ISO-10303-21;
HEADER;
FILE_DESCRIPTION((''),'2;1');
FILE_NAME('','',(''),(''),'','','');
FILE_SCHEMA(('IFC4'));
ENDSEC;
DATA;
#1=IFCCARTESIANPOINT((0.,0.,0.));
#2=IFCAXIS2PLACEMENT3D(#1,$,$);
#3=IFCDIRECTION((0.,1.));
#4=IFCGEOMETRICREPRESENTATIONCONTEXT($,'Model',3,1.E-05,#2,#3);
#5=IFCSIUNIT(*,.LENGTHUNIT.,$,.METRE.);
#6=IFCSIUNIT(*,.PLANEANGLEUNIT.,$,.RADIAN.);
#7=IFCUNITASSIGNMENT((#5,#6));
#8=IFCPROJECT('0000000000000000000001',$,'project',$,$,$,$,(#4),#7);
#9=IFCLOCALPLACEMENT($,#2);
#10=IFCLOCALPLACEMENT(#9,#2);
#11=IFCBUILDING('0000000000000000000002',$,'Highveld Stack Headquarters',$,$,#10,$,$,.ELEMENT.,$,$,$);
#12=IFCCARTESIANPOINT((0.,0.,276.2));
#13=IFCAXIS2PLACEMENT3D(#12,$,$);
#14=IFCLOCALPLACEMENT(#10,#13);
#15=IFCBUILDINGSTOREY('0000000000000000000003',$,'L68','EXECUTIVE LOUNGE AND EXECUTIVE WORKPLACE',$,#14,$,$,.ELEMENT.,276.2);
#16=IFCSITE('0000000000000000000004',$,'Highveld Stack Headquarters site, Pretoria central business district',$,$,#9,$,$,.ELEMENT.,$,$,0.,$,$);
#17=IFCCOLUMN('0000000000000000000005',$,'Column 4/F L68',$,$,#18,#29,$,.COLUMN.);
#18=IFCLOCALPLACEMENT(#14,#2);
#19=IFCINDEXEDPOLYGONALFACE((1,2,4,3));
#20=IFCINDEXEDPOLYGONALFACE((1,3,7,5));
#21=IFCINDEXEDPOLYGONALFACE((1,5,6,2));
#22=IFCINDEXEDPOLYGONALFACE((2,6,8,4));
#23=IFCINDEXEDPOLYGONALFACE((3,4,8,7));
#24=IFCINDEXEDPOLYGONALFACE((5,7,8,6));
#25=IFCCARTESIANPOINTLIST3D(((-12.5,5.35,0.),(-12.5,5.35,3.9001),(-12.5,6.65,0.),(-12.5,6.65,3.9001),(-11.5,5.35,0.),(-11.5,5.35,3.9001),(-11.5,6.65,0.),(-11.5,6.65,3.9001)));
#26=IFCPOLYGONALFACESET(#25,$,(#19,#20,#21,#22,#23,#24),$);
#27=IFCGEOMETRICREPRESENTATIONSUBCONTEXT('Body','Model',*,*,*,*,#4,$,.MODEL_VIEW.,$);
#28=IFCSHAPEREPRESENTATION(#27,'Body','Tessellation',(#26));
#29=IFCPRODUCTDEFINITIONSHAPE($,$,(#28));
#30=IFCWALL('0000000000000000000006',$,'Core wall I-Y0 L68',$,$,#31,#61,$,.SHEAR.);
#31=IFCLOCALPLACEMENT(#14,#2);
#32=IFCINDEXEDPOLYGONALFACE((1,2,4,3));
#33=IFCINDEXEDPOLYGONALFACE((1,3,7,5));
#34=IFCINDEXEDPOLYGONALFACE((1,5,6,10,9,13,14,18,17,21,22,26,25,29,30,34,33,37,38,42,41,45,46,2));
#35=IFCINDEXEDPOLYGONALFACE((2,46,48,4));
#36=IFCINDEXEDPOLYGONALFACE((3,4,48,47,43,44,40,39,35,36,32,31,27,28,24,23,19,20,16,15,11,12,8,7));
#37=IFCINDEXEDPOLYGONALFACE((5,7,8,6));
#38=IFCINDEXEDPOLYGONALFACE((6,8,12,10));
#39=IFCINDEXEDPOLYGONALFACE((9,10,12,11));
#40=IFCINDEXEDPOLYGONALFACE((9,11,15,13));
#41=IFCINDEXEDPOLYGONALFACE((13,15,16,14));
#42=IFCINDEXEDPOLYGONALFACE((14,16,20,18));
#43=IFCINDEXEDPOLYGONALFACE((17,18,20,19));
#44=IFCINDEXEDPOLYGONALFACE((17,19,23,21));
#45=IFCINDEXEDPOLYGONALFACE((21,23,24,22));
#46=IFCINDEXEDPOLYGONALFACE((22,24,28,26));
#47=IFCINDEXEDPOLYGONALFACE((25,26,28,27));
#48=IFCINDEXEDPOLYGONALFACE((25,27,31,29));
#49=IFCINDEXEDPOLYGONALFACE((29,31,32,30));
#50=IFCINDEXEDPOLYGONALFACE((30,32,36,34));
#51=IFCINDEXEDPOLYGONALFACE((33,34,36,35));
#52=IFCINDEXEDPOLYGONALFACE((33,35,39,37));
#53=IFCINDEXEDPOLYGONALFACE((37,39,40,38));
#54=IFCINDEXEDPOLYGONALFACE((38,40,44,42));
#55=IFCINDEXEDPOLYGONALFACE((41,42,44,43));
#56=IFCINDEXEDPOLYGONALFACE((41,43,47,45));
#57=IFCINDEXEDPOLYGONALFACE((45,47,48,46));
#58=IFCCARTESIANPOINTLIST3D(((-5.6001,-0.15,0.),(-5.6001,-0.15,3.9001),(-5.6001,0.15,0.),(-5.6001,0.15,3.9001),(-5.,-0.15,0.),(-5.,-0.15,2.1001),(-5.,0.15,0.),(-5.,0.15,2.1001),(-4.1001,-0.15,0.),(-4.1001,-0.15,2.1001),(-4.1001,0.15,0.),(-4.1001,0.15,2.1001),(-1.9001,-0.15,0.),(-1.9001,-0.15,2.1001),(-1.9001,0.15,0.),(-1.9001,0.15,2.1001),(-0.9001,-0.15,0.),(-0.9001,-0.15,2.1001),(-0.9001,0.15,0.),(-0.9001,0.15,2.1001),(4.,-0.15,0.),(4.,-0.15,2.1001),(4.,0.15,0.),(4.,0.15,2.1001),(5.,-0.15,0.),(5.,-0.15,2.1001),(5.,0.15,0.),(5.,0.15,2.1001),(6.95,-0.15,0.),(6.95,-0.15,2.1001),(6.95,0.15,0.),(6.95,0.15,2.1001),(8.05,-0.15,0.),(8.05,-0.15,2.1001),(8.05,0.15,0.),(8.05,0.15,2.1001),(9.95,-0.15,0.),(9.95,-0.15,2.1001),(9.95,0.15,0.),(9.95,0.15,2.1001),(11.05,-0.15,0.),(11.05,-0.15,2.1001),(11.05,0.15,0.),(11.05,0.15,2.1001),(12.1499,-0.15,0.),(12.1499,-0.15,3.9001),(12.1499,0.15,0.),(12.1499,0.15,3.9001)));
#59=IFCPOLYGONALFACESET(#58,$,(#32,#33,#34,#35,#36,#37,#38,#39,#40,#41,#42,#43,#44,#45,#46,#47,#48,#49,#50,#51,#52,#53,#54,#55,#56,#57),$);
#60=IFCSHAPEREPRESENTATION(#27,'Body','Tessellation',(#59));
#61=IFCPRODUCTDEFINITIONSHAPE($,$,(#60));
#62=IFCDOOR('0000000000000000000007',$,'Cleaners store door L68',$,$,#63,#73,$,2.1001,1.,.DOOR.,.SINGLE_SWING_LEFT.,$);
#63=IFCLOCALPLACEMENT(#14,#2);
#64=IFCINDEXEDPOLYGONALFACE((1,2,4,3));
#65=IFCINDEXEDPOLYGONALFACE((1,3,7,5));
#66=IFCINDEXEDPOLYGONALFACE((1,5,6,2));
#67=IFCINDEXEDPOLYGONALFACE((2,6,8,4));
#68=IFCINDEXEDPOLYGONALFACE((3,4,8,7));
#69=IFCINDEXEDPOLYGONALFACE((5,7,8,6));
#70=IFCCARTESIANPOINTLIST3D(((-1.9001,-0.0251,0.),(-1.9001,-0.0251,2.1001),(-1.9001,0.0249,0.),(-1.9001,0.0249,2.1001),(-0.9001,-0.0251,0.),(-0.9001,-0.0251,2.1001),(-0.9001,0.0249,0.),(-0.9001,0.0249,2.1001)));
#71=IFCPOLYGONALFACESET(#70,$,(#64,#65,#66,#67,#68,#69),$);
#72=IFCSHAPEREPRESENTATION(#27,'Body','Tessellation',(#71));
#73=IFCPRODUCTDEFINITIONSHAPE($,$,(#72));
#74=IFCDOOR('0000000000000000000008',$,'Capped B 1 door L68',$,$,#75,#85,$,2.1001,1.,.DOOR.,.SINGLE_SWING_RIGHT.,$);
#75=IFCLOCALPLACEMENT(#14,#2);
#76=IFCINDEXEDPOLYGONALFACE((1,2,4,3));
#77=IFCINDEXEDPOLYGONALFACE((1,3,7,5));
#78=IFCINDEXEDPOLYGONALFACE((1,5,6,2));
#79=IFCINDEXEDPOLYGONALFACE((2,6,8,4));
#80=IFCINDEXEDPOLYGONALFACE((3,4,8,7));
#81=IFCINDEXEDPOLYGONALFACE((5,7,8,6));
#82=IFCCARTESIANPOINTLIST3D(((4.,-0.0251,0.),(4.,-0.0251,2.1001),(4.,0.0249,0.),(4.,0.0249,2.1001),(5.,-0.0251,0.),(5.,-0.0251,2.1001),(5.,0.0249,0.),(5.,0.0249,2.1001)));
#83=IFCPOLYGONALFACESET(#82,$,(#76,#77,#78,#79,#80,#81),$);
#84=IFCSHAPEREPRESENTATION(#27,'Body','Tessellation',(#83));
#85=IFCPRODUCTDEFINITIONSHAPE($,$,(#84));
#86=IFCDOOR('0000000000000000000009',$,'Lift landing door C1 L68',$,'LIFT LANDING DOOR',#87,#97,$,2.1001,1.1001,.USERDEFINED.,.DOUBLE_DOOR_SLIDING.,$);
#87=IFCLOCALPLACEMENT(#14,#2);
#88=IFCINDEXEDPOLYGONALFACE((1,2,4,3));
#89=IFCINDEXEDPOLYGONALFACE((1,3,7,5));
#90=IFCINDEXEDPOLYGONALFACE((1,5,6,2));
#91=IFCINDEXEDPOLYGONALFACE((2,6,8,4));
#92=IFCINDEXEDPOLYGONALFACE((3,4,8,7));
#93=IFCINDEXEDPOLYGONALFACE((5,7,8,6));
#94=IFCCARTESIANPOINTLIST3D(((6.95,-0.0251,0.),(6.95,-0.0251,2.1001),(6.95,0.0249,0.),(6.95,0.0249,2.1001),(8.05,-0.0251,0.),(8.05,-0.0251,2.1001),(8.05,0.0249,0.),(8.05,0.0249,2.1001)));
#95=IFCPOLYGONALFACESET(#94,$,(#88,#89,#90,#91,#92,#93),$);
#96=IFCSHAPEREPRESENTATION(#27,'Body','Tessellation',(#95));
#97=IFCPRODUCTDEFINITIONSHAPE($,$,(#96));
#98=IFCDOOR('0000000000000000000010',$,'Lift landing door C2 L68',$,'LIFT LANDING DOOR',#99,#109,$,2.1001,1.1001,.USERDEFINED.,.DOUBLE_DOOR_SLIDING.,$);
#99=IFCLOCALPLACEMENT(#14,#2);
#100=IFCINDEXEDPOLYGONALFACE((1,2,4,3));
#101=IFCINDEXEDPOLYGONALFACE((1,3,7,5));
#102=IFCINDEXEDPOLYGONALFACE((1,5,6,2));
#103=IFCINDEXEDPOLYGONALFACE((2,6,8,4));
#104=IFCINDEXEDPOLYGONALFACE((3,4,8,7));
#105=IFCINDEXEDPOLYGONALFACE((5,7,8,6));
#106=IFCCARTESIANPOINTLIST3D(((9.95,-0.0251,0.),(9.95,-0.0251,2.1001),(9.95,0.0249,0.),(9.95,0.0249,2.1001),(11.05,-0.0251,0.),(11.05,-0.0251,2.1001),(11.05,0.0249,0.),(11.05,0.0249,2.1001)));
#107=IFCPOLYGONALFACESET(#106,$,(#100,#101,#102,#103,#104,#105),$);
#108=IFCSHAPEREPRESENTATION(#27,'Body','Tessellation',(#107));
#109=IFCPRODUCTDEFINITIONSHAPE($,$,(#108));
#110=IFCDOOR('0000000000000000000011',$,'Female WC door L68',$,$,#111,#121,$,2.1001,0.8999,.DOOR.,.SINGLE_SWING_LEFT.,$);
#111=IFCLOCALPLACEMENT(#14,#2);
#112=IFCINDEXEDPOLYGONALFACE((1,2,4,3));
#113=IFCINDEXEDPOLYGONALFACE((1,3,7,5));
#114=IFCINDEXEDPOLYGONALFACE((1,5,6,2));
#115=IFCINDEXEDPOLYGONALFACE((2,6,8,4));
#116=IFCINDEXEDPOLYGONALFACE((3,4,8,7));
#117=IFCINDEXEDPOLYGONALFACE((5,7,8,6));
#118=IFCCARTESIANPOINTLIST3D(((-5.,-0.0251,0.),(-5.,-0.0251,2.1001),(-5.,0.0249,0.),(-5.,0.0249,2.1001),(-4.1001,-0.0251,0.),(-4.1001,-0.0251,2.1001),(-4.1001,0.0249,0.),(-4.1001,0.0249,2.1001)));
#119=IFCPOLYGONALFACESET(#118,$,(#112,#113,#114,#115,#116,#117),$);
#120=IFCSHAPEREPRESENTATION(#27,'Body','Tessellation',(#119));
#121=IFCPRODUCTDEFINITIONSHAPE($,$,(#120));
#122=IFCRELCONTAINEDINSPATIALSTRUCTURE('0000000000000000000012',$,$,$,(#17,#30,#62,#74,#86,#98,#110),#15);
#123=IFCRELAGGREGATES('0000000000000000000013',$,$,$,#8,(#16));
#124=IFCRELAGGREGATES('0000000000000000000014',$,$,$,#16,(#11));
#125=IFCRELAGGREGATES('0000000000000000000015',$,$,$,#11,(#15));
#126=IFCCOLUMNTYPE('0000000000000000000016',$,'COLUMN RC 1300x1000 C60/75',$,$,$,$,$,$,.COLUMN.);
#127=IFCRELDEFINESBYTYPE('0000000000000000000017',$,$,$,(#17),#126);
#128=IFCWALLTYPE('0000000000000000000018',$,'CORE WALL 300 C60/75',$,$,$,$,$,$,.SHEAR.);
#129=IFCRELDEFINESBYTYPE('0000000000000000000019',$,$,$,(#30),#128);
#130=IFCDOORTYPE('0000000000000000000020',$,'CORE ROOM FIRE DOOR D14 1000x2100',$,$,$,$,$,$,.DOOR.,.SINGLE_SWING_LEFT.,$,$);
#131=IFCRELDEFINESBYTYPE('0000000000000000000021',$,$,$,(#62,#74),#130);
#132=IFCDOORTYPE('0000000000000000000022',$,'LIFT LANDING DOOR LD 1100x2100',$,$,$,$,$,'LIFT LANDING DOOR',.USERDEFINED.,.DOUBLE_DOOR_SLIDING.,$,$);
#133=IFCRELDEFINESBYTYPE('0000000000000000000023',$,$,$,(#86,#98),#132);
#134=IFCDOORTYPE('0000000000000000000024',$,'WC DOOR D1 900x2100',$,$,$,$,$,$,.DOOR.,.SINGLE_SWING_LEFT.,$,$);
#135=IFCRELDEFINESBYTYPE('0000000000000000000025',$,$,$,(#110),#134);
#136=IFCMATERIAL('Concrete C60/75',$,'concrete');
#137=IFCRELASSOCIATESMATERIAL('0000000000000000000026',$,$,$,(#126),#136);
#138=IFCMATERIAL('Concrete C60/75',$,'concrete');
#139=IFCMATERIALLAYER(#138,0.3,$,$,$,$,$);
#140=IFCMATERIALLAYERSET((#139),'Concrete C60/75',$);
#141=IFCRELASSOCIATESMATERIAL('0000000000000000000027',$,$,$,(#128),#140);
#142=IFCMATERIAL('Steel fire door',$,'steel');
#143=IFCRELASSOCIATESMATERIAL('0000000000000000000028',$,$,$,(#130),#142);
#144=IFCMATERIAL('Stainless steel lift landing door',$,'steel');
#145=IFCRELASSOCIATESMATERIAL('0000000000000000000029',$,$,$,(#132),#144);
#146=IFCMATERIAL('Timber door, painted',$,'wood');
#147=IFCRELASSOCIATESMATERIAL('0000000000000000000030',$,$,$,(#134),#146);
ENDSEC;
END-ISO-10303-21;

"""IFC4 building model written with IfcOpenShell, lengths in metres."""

from ifc_helpers import new_model, si_unit, direction, frame, frame_2d, origin, origin_2d, place, context, subcontext, project, spatial, rectangle, extrude, material, layer, layer_set, material_profile, profile_set, type_object, element, fill, save


model = new_model("IFC4")

# Units and contexts
model_context = context("Model", 3, precision=1e-05, world=origin(), true_north=direction((0.0, 1.0)))
body_context = subcontext(model_context, "Body", "Model", "MODEL_VIEW")
ifc_project = project(units=[si_unit("LENGTHUNIT", "METRE"), si_unit("PLANEANGLEUNIT", "RADIAN")], contexts=[model_context])

# Site, building, storey
site_placement = place(None, origin())
site = spatial("IfcSite", under=ifc_project, at=site_placement, Name="Highveld Stack Headquarters site, Pretoria central business district", CompositionType="ELEMENT", RefElevation=0.0)
building_placement = place(site_placement, origin())
building = spatial("IfcBuilding", under=site, at=building_placement, Name="Highveld Stack Headquarters", CompositionType="ELEMENT")
storey_placement = place(building_placement, frame((0.0, 0.0, 276.2)))
storey = spatial("IfcBuildingStorey", under=building, at=storey_placement, Name="L68", Description="EXECUTIVE LOUNGE AND EXECUTIVE WORKPLACE", CompositionType="ELEMENT", Elevation=276.2)

# Column
ifc_material_1 = material(Name="Concrete C60/75", Category="concrete")
ifc_material_profile = material_profile(ifc_material_1, rectangle(XDim=1.3, YDim=1.0, at=origin_2d()), Name="RC 1300x1000")
ifc_profile_set = profile_set([ifc_material_profile], Name="Concrete C60/75")
column_type = type_object("IfcColumnType", Name="COLUMN RC 1300x1000 C60/75", PredefinedType="COLUMN", material=ifc_profile_set)
column_placement = place(storey_placement, frame((-12.0, 6.0, 0.0), z_axis=(0.0, 0.0, 1.0), x_axis=(0.0, 1.0, 0.0)))
element("IfcColumn", 1, at=column_placement, inside=storey, type_object=column_type, Name="Column 4/F L68", PredefinedType="COLUMN", context=body_context, shape_type="SweptSolid", body=[
    extrude(rectangle(XDim=1.3, YDim=1.0, at=origin_2d()), origin(), (0.0, 0.0, 1.0), 3.9001),
])

# Wall, openings, doors
ifc_material_2 = material(Name="Concrete C60/75", Category="concrete")
ifc_layer = layer(ifc_material_2, 0.3)
ifc_layer_set = layer_set([ifc_layer], Name="Concrete C60/75")
wall_type = type_object("IfcWallType", Name="CORE WALL 300 C60/75", PredefinedType="SHEAR", material=ifc_layer_set)
wall_1_placement = place(storey_placement, frame((-5.6001, 0.0, 0.0), z_axis=(0.0, 0.0, 1.0), x_axis=(1.0, 0.0, 0.0)))
wall_1 = element("IfcWall", 2, at=wall_1_placement, inside=storey, type_object=wall_type, Name="Core wall I-Y0 L68", PredefinedType="SHEAR", context=body_context, shape_type="SweptSolid", body=[
    extrude(rectangle(XDim=17.75, YDim=0.3, at=frame_2d((8.875, 0.0))), origin(), (0.0, 0.0, 1.0), 3.9001),
])
opening_1_placement = place(wall_1_placement, frame((0.6001, 0.0, 0.0)))
opening_1 = element("IfcOpeningElement", 3, at=opening_1_placement, cuts=wall_1, PredefinedType="OPENING", context=body_context, shape_type="SweptSolid", body=[
    extrude(rectangle(XDim=0.8999, YDim=2.1001, at=frame_2d((0.45, 1.05))), frame((0.0, 0.1599, 0.0), z_axis=(0.0, -1.0, 0.0), x_axis=(1.0, 0.0, 0.0)), (0.0, 0.0, 1.0), 0.3201),
])
opening_2_placement = place(wall_1_placement, frame((3.7, 0.0, 0.0)))
opening_2 = element("IfcOpeningElement", 4, at=opening_2_placement, cuts=wall_1, PredefinedType="OPENING", context=body_context, shape_type="SweptSolid", body=[
    extrude(rectangle(XDim=1.0, YDim=2.1001, at=frame_2d((0.5, 1.05))), frame((0.0, 0.1599, 0.0), z_axis=(0.0, -1.0, 0.0), x_axis=(1.0, 0.0, 0.0)), (0.0, 0.0, 1.0), 0.3201),
])
opening_3_placement = place(wall_1_placement, frame((9.6001, 0.0, 0.0)))
opening_3 = element("IfcOpeningElement", 5, at=opening_3_placement, cuts=wall_1, PredefinedType="OPENING", context=body_context, shape_type="SweptSolid", body=[
    extrude(rectangle(XDim=1.0, YDim=2.1001, at=frame_2d((0.5, 1.05))), frame((0.0, 0.1599, 0.0), z_axis=(0.0, -1.0, 0.0), x_axis=(1.0, 0.0, 0.0)), (0.0, 0.0, 1.0), 0.3201),
])
opening_4_placement = place(wall_1_placement, frame((12.55, 0.0, 0.0)))
opening_4 = element("IfcOpeningElement", 6, at=opening_4_placement, cuts=wall_1, PredefinedType="OPENING", context=body_context, shape_type="SweptSolid", body=[
    extrude(rectangle(XDim=1.1001, YDim=2.1001, at=frame_2d((0.55, 1.05))), frame((0.0, 0.1599, 0.0), z_axis=(0.0, -1.0, 0.0), x_axis=(1.0, 0.0, 0.0)), (0.0, 0.0, 1.0), 0.3201),
])
opening_5_placement = place(wall_1_placement, frame((15.55, 0.0, 0.0)))
opening_5 = element("IfcOpeningElement", 7, at=opening_5_placement, cuts=wall_1, PredefinedType="OPENING", context=body_context, shape_type="SweptSolid", body=[
    extrude(rectangle(XDim=1.1001, YDim=2.1001, at=frame_2d((0.55, 1.05))), frame((0.0, 0.1599, 0.0), z_axis=(0.0, -1.0, 0.0), x_axis=(1.0, 0.0, 0.0)), (0.0, 0.0, 1.0), 0.3201),
])
ifc_material_3 = material(Name="Steel fire door", Category="steel")
door_type_1 = type_object("IfcDoorType", Name="CORE ROOM FIRE DOOR D14 1000x2100", OperationType="SINGLE_SWING_LEFT", PredefinedType="DOOR", material=ifc_material_3)
door_1_placement = place(opening_2_placement, origin())
door_1 = element("IfcDoor", 8, at=door_1_placement, inside=storey, type_object=door_type_1, Name="Cleaners store door L68", OperationType="SINGLE_SWING_LEFT", OverallHeight=2.1001, OverallWidth=1.0, PredefinedType="DOOR", context=body_context, shape_type="SweptSolid", body=[
    extrude(rectangle(XDim=1.0, YDim=2.1001, at=frame_2d((0.5, 1.05))), frame((0.0, 0.0249, 0.0), z_axis=(0.0, -1.0, 0.0), x_axis=(1.0, 0.0, 0.0)), (0.0, 0.0, 1.0), 0.05),
])
fill(opening_2, door_1)
door_2_placement = place(opening_3_placement, origin())
door_2 = element("IfcDoor", 9, at=door_2_placement, inside=storey, type_object=door_type_1, Name="Capped B 1 door L68", OperationType="SINGLE_SWING_RIGHT", OverallHeight=2.1001, OverallWidth=1.0, PredefinedType="DOOR", context=body_context, shape_type="SweptSolid", body=[
    extrude(rectangle(XDim=1.0, YDim=2.1001, at=frame_2d((0.5, 1.05))), frame((0.0, 0.0249, 0.0), z_axis=(0.0, -1.0, 0.0), x_axis=(1.0, 0.0, 0.0)), (0.0, 0.0, 1.0), 0.05),
])
fill(opening_3, door_2)
ifc_material_4 = material(Name="Stainless steel lift landing door", Category="steel")
door_type_2 = type_object("IfcDoorType", Name="LIFT LANDING DOOR LD 1100x2100", ElementType="LIFT LANDING DOOR", OperationType="DOUBLE_DOOR_SLIDING", PredefinedType="USERDEFINED", material=ifc_material_4)
door_3_placement = place(opening_4_placement, origin())
door_3 = element("IfcDoor", 10, at=door_3_placement, inside=storey, type_object=door_type_2, Name="Lift landing door C1 L68", ObjectType="LIFT LANDING DOOR", OperationType="DOUBLE_DOOR_SLIDING", OverallHeight=2.1001, OverallWidth=1.1001, PredefinedType="USERDEFINED", context=body_context, shape_type="SweptSolid", body=[
    extrude(rectangle(XDim=1.1001, YDim=2.1001, at=frame_2d((0.55, 1.05))), frame((0.0, 0.0249, 0.0), z_axis=(0.0, -1.0, 0.0), x_axis=(1.0, 0.0, 0.0)), (0.0, 0.0, 1.0), 0.05),
])
fill(opening_4, door_3)
door_4_placement = place(opening_5_placement, origin())
door_4 = element("IfcDoor", 11, at=door_4_placement, inside=storey, type_object=door_type_2, Name="Lift landing door C2 L68", ObjectType="LIFT LANDING DOOR", OperationType="DOUBLE_DOOR_SLIDING", OverallHeight=2.1001, OverallWidth=1.1001, PredefinedType="USERDEFINED", context=body_context, shape_type="SweptSolid", body=[
    extrude(rectangle(XDim=1.1001, YDim=2.1001, at=frame_2d((0.55, 1.05))), frame((0.0, 0.0249, 0.0), z_axis=(0.0, -1.0, 0.0), x_axis=(1.0, 0.0, 0.0)), (0.0, 0.0, 1.0), 0.05),
])
fill(opening_5, door_4)
ifc_material_5 = material(Name="Timber door, painted", Category="wood")
door_type_3 = type_object("IfcDoorType", Name="WC DOOR D1 900x2100", OperationType="SINGLE_SWING_LEFT", PredefinedType="DOOR", material=ifc_material_5)
door_5_placement = place(opening_1_placement, origin())
door_5 = element("IfcDoor", 12, at=door_5_placement, inside=storey, type_object=door_type_3, Name="Female WC door L68", OperationType="SINGLE_SWING_LEFT", OverallHeight=2.1001, OverallWidth=0.8999, PredefinedType="DOOR", context=body_context, shape_type="SweptSolid", body=[
    extrude(rectangle(XDim=0.8999, YDim=2.1001, at=frame_2d((0.45, 1.05))), frame((0.0, 0.0249, 0.0), z_axis=(0.0, -1.0, 0.0), x_axis=(1.0, 0.0, 0.0)), (0.0, 0.0, 1.0), 0.05),
])
fill(opening_1, door_5)

save(model, "model.ifc")
